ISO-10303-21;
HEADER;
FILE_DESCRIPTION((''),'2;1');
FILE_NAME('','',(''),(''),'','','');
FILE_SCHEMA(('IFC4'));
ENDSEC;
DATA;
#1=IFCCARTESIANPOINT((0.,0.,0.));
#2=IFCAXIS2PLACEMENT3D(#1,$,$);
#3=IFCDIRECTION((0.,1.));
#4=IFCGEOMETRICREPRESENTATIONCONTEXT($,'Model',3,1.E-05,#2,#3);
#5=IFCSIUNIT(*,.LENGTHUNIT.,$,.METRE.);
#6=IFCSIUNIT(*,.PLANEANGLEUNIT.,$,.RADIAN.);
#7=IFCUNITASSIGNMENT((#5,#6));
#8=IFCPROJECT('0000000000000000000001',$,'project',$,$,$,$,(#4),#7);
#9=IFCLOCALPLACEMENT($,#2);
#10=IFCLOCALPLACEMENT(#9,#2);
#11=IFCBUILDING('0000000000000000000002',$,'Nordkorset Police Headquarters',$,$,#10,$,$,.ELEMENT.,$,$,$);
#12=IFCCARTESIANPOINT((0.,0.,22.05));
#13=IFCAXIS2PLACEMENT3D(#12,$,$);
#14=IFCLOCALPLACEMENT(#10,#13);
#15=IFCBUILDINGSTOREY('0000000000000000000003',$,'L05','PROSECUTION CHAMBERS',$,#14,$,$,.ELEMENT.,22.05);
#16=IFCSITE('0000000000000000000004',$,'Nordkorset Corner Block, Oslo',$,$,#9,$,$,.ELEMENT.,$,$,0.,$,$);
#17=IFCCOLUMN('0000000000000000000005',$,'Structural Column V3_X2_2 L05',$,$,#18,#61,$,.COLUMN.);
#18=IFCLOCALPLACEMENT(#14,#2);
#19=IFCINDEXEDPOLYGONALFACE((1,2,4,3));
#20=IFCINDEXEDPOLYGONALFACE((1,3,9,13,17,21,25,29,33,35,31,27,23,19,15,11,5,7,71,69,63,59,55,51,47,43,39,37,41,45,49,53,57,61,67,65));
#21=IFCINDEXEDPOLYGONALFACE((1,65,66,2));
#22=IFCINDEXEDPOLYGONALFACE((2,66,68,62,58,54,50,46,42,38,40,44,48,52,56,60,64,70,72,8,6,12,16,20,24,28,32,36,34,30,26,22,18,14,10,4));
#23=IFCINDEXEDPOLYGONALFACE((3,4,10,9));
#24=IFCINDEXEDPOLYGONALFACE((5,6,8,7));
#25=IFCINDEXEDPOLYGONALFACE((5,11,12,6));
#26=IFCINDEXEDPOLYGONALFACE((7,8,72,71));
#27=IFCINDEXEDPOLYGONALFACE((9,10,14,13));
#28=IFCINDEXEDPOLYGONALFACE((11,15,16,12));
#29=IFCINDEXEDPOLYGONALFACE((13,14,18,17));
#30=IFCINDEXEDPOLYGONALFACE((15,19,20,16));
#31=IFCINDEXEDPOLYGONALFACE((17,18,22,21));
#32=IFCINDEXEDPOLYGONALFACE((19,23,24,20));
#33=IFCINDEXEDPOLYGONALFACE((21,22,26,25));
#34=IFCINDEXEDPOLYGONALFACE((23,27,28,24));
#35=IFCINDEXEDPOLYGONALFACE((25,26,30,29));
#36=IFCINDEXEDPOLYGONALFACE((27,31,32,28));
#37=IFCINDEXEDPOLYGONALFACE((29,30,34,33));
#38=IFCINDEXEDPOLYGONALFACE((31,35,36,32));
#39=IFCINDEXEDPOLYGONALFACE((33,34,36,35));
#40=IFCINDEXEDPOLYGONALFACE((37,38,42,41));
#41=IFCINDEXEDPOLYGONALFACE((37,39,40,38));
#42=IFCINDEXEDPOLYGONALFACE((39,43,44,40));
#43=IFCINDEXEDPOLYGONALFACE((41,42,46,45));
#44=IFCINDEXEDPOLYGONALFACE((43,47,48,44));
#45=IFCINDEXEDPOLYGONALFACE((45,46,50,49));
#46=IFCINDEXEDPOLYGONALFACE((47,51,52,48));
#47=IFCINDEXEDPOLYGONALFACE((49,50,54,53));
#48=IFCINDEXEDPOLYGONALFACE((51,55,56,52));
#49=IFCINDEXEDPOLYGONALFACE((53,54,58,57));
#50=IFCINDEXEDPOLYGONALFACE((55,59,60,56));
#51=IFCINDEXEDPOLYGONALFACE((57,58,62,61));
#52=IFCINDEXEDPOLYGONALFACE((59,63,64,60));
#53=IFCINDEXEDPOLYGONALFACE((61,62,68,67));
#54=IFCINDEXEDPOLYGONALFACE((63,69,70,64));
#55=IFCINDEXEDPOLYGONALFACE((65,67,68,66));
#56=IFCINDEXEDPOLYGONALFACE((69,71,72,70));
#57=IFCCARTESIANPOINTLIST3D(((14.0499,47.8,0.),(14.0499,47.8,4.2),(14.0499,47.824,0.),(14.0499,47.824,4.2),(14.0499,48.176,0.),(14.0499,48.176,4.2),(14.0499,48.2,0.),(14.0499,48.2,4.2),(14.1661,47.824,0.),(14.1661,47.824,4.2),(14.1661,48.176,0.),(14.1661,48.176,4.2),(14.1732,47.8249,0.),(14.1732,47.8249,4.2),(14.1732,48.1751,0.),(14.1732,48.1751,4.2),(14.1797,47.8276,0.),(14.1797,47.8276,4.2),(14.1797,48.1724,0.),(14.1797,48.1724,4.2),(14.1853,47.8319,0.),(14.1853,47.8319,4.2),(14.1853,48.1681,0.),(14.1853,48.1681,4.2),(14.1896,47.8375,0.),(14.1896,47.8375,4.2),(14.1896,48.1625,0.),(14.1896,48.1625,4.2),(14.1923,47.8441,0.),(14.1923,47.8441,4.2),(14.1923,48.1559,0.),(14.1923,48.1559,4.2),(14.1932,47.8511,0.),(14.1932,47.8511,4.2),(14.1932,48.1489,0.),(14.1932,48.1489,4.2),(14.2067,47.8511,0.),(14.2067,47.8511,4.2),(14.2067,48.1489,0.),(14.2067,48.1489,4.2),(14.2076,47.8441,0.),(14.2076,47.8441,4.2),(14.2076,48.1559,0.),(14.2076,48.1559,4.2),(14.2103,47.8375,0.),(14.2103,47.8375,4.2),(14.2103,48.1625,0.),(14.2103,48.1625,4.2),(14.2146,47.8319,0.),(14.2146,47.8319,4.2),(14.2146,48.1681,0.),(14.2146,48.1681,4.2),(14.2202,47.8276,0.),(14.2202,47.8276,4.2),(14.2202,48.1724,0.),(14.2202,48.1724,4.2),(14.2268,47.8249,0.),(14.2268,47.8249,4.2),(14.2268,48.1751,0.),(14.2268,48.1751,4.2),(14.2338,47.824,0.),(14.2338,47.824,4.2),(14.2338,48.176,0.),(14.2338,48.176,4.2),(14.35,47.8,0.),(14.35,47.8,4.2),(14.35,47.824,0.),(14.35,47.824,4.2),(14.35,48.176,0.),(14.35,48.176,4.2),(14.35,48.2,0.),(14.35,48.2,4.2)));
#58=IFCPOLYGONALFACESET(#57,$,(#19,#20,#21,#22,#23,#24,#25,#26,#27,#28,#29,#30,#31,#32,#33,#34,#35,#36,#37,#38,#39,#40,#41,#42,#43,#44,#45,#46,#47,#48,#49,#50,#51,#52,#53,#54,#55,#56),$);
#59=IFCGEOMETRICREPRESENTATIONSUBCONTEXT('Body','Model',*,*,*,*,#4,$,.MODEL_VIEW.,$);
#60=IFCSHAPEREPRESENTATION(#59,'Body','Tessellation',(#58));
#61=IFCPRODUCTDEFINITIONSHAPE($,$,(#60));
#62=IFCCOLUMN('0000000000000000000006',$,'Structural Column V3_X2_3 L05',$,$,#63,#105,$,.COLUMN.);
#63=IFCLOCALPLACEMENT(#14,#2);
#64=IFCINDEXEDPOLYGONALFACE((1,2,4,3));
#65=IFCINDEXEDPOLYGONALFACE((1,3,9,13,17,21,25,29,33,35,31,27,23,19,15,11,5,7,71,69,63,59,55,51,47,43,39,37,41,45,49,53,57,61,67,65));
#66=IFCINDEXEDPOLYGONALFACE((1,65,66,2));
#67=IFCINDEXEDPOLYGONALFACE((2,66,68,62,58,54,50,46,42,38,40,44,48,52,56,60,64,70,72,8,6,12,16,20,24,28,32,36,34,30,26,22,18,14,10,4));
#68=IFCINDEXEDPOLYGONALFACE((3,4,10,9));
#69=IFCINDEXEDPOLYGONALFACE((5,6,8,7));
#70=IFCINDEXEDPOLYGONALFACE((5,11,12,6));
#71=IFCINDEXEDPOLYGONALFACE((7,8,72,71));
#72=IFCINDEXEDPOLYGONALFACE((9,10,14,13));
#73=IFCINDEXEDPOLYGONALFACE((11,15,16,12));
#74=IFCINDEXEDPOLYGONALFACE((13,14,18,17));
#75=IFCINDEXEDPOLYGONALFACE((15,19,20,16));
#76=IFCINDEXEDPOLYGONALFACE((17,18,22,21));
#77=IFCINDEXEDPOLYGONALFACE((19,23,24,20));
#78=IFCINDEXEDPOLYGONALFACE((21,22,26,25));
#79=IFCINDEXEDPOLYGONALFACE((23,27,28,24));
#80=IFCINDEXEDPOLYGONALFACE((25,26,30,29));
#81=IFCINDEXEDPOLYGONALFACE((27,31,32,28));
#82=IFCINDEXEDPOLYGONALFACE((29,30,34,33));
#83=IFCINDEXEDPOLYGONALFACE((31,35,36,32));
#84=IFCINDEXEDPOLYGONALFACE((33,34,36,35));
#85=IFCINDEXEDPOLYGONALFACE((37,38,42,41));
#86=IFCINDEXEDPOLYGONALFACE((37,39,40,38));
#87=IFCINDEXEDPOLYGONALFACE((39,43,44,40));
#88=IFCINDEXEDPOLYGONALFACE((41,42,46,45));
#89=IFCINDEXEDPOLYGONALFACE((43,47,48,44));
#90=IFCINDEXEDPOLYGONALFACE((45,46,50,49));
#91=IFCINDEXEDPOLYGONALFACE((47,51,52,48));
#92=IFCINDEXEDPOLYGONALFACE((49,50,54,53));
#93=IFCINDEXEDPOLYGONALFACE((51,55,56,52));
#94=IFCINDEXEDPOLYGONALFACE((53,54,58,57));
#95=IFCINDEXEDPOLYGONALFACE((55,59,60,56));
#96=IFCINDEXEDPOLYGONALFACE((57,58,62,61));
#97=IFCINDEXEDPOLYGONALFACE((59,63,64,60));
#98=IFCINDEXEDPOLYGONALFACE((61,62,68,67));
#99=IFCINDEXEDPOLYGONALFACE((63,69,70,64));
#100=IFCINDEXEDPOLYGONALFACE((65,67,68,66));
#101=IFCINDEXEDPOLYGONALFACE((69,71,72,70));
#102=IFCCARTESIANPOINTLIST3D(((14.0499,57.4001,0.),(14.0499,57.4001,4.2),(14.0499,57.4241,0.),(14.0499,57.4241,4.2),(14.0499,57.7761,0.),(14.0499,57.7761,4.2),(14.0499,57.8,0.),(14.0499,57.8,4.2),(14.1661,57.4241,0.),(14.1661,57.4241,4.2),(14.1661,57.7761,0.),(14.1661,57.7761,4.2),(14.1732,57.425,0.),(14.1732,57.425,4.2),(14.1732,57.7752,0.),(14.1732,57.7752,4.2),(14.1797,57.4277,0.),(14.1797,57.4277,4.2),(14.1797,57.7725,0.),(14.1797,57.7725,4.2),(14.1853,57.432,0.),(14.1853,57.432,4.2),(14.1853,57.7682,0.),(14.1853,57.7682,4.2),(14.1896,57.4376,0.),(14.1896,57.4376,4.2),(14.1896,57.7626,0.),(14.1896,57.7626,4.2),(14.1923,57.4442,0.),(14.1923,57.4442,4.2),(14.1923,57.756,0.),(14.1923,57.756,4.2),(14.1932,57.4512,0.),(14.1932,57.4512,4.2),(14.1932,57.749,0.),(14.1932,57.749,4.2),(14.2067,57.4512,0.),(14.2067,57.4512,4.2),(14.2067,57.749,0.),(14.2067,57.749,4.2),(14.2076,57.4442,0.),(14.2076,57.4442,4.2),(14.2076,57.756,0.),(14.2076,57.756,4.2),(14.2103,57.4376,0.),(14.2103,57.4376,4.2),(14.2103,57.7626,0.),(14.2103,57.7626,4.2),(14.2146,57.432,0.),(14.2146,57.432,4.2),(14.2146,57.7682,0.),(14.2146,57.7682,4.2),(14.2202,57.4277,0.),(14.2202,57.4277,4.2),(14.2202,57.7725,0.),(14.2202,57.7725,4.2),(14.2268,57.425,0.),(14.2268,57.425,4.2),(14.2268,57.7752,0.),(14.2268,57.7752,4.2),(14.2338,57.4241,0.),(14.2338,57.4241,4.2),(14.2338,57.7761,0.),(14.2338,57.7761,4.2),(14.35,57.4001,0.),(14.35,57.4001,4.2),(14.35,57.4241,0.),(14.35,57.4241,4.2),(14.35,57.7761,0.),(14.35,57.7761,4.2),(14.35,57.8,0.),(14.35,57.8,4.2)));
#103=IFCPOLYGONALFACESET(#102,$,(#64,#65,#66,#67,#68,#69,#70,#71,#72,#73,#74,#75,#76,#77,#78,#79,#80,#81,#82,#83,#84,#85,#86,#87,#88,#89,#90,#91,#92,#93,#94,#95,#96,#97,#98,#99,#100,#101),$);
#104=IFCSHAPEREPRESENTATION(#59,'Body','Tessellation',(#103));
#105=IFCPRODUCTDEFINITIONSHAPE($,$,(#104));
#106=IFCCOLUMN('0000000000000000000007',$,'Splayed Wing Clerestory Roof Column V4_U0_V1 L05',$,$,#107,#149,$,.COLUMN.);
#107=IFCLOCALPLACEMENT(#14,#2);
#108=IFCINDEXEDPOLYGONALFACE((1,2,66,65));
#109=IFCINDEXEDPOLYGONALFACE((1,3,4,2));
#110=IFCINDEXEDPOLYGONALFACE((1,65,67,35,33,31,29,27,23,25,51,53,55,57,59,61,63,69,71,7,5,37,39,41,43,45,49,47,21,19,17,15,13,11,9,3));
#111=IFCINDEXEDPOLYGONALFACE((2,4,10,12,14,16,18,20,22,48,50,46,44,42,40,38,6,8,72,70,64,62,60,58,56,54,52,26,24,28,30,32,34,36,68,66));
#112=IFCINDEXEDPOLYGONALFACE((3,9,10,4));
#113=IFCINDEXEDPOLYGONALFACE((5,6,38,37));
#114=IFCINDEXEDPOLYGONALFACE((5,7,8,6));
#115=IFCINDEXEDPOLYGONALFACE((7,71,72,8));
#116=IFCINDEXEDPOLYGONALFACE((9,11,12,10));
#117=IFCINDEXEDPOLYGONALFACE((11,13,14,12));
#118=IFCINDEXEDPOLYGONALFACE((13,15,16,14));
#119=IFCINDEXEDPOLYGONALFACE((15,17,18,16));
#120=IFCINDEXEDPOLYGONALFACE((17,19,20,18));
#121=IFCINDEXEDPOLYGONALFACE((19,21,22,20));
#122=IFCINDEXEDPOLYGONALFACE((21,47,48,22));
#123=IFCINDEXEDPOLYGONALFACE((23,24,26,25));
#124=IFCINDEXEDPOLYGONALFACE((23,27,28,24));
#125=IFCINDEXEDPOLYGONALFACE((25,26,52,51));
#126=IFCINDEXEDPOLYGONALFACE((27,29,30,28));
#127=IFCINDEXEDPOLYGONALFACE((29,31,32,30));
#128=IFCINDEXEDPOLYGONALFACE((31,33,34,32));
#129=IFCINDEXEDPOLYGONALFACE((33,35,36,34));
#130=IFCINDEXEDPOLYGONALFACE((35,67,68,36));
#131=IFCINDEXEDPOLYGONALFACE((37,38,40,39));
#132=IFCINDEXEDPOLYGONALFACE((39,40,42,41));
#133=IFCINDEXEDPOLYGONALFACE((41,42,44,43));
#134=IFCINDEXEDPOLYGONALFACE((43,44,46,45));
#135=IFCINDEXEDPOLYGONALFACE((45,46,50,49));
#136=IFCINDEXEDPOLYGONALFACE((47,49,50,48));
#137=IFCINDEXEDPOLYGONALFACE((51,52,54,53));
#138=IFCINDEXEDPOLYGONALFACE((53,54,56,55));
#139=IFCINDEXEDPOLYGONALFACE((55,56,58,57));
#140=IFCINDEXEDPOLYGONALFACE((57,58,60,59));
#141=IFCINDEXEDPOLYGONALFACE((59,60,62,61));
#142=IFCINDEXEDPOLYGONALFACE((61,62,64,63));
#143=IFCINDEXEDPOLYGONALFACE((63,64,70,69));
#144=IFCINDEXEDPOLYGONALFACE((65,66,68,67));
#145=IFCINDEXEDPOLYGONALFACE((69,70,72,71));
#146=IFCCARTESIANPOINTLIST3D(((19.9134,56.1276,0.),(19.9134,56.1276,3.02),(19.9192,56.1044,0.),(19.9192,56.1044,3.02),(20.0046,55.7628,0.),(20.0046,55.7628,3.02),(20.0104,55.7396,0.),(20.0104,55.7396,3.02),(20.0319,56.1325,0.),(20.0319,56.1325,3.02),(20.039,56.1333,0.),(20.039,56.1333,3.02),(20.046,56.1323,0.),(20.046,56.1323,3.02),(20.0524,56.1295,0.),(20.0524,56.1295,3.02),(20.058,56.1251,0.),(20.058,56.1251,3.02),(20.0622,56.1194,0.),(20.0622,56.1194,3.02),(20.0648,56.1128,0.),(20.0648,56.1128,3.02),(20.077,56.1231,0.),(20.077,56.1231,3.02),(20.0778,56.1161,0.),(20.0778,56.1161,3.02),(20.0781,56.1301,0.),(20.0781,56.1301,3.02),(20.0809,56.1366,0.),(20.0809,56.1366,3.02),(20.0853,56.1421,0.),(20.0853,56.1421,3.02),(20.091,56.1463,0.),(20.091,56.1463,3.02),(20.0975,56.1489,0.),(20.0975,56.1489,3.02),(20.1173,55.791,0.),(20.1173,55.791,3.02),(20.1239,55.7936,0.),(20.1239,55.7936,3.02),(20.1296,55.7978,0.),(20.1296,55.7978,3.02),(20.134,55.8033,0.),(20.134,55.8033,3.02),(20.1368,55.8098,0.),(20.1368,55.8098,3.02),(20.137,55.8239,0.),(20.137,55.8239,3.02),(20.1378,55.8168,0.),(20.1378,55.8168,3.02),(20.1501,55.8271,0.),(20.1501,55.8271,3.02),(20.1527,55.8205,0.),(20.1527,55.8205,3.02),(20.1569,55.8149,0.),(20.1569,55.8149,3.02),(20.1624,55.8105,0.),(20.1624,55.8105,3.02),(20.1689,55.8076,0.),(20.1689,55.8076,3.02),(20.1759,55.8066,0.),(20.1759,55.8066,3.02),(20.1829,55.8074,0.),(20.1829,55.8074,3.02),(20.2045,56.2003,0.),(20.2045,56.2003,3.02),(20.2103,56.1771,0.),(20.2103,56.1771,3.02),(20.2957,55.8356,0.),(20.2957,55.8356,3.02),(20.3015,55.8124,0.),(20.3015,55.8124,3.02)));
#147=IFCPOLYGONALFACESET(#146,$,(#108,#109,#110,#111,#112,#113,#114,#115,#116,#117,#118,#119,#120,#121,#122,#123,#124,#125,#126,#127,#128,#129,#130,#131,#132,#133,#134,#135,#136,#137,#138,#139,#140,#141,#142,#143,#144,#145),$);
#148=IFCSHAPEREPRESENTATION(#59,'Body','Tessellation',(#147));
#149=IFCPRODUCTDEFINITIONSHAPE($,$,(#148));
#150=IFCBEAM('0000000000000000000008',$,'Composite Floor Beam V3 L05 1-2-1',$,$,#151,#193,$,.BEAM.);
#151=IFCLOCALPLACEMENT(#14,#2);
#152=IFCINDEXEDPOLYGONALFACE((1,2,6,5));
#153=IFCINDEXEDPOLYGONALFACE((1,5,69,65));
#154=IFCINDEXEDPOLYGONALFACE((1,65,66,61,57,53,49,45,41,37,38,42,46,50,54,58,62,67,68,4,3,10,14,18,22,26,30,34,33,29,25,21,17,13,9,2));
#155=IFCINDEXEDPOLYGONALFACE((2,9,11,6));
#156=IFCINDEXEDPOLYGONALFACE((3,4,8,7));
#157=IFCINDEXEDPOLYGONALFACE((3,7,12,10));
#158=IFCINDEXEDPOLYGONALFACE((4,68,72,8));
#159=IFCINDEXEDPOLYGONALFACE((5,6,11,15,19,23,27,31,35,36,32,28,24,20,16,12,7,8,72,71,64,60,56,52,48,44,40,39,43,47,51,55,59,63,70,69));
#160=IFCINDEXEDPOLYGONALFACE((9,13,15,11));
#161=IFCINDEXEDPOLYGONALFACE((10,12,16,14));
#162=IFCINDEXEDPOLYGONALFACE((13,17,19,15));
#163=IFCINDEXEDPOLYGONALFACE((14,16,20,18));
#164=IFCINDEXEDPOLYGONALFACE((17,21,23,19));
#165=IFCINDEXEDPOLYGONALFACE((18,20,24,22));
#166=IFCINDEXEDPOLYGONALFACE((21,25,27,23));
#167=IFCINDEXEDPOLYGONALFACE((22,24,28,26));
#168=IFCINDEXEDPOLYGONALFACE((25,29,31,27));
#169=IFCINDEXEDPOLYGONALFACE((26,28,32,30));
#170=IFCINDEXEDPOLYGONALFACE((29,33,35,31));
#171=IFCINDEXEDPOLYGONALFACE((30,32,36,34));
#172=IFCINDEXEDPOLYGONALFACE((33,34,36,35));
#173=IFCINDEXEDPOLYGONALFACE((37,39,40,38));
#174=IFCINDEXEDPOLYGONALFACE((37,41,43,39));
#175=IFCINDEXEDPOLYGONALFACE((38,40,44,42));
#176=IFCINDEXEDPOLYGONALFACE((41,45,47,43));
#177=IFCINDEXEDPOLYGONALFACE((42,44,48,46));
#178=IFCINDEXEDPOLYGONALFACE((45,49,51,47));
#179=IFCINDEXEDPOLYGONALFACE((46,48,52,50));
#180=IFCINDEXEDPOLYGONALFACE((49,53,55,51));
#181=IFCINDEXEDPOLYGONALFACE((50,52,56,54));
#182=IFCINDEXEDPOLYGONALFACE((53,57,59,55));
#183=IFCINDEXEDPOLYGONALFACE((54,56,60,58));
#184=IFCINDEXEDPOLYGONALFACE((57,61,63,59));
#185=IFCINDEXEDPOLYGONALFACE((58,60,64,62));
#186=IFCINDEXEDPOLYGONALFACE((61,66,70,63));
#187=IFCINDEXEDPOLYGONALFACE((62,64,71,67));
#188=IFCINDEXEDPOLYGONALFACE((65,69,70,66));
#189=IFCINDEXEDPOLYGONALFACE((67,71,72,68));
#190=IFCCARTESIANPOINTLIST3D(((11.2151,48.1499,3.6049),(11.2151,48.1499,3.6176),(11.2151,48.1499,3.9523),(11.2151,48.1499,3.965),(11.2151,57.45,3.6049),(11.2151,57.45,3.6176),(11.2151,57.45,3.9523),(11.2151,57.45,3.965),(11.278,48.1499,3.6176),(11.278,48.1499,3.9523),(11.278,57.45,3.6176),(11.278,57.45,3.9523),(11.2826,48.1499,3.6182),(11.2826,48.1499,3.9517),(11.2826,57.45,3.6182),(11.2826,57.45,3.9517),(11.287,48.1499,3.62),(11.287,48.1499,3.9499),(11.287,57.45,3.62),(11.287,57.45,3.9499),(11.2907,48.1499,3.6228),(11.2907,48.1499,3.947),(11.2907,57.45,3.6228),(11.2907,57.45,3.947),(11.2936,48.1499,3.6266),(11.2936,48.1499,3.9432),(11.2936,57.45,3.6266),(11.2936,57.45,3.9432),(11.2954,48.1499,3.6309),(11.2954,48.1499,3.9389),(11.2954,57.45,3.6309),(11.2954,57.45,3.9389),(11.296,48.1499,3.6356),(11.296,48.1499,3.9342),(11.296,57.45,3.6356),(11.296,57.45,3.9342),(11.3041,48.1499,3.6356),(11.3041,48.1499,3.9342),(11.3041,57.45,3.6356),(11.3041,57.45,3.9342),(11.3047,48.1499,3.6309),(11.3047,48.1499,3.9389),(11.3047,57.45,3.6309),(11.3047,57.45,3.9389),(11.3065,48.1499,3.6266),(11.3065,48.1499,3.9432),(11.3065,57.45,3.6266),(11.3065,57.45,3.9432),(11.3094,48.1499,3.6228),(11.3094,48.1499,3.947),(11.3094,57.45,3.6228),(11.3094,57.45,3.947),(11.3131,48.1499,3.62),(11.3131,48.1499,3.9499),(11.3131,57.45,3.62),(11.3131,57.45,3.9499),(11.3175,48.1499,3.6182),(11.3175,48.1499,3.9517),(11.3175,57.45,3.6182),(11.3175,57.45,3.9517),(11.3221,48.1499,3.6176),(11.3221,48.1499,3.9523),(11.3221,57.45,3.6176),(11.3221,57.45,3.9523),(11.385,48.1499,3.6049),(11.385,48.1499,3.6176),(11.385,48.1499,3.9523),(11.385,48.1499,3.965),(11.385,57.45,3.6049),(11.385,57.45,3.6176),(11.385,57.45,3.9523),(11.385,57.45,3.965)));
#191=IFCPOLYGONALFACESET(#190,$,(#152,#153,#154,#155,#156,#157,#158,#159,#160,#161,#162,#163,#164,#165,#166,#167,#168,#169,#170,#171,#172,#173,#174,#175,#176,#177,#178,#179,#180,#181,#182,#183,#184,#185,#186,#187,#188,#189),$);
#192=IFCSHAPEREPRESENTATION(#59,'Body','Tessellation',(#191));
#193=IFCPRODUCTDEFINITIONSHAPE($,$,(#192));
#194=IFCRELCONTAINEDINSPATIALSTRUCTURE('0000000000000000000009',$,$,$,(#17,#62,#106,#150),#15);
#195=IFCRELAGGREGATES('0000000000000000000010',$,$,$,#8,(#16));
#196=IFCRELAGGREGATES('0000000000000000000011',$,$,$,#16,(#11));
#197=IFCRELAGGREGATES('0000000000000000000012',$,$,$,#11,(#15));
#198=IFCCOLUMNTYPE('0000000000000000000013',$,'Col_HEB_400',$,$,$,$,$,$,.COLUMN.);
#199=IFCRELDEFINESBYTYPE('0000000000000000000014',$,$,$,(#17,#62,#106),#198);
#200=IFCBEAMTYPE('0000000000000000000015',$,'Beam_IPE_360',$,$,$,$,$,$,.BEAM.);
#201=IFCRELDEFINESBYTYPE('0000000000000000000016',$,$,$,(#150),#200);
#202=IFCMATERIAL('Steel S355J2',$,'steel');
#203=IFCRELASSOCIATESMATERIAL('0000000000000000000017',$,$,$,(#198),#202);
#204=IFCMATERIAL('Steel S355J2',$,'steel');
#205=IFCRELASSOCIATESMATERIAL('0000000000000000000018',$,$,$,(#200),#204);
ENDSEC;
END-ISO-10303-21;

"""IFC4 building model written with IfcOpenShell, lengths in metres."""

from ifc_helpers import new_model, si_unit, direction, frame, origin, origin_2d, place, context, subcontext, project, spatial, i_section, extrude, material, material_profile, profile_set, type_object, element, save


model = new_model("IFC4")

# Units and contexts
model_context = context("Model", 3, precision=1e-05, world=origin(), true_north=direction((0.0, 1.0)))
body_context = subcontext(model_context, "Body", "Model", "MODEL_VIEW")
ifc_project = project(units=[si_unit("LENGTHUNIT", "METRE"), si_unit("PLANEANGLEUNIT", "RADIAN")], contexts=[model_context])

# Site, building, storey
site_placement = place(None, origin())
site = spatial("IfcSite", under=ifc_project, at=site_placement, Name="Nordkorset Corner Block, Oslo", CompositionType="ELEMENT", RefElevation=0.0)
building_placement = place(site_placement, origin())
building = spatial("IfcBuilding", under=site, at=building_placement, Name="Nordkorset Police Headquarters", CompositionType="ELEMENT")
storey_placement = place(building_placement, frame((0.0, 0.0, 22.05)))
storey = spatial("IfcBuildingStorey", under=building, at=storey_placement, Name="L05", Description="PROSECUTION CHAMBERS", CompositionType="ELEMENT", Elevation=22.05)

# Columns
ifc_material_1 = material(Name="Steel S355J2", Category="steel")
ifc_material_profile_1 = material_profile(ifc_material_1, i_section(OverallWidth=0.3, OverallDepth=0.3999, WebThickness=0.0134, FlangeThickness=0.0239, FilletRadius=0.0271, at=origin_2d()), Name="HEB 400")
ifc_profile_set_1 = profile_set([ifc_material_profile_1], Name="Steel S355J2")
column_type = type_object("IfcColumnType", Name="Col_HEB_400", PredefinedType="COLUMN", material=ifc_profile_set_1)
for number, where, z_axis, x_axis, name in (
    (1, (14.2, 48.0, 0.0), (0.0, 0.0, 1.0), (1.0, 0.0, 0.0), "Structural Column V3_X2_2 L05"),
    (2, (14.2, 57.6001, 0.0), (0.0, 0.0, 1.0), (1.0, 0.0, 0.0), "Structural Column V3_X2_3 L05"),
):
    element("IfcColumn", number, at=place(storey_placement, frame(where, z_axis=z_axis, x_axis=x_axis)), inside=storey, type_object=column_type, Name=name, PredefinedType="COLUMN", context=body_context, shape_type="SweptSolid", body=[
        extrude(i_section(OverallWidth=0.3, OverallDepth=0.3999, WebThickness=0.0134, FlangeThickness=0.0239, FilletRadius=0.0271, at=origin_2d()), origin(), (0.0, 0.0, 1.0), 4.2),
    ])
column_placement = place(storey_placement, frame((20.1074, 55.97, 0.0), z_axis=(0.0, 0.0, 1.0), x_axis=(0.970143, 0.242536, 0.0)))
element("IfcColumn", 3, at=column_placement, inside=storey, type_object=column_type, Name="Splayed Wing Clerestory Roof Column V4_U0_V1 L05", PredefinedType="COLUMN", context=body_context, shape_type="SweptSolid", body=[
    extrude(i_section(OverallWidth=0.3, OverallDepth=0.3999, WebThickness=0.0134, FlangeThickness=0.0239, FilletRadius=0.0271, at=origin_2d()), origin(), (0.0, 0.0, 1.0), 3.02),
])

# Beam
ifc_material_2 = material(Name="Steel S355J2", Category="steel")
ifc_material_profile_2 = material_profile(ifc_material_2, i_section(OverallWidth=0.1699, OverallDepth=0.3601, WebThickness=0.0081, FlangeThickness=0.0127, FilletRadius=0.0181, at=origin_2d()), Name="IPE 360")
ifc_profile_set_2 = profile_set([ifc_material_profile_2], Name="Steel S355J2")
beam_type_1 = type_object("IfcBeamType", Name="Beam_IPE_360", PredefinedType="BEAM", material=ifc_profile_set_2)
for number, where, z_axis, x_axis, name in (
    (4, (11.3, 48.1499, 3.7849), (0.0, 1.0, 0.0), (-1.0, 0.0, 0.0), "Composite Floor Beam V3 L05 1-2-1"),
):
    element("IfcBeam", number, at=place(storey_placement, frame(where, z_axis=z_axis, x_axis=x_axis)), inside=storey, type_object=beam_type_1, Name=name, PredefinedType="BEAM", context=body_context, shape_type="SweptSolid", body=[
        extrude(i_section(OverallWidth=0.1699, OverallDepth=0.3601, WebThickness=0.0081, FlangeThickness=0.0127, FilletRadius=0.0181, at=origin_2d()), origin(), (0.0, 0.0, 1.0), 9.3),
    ])

save(model, "model.ifc")
